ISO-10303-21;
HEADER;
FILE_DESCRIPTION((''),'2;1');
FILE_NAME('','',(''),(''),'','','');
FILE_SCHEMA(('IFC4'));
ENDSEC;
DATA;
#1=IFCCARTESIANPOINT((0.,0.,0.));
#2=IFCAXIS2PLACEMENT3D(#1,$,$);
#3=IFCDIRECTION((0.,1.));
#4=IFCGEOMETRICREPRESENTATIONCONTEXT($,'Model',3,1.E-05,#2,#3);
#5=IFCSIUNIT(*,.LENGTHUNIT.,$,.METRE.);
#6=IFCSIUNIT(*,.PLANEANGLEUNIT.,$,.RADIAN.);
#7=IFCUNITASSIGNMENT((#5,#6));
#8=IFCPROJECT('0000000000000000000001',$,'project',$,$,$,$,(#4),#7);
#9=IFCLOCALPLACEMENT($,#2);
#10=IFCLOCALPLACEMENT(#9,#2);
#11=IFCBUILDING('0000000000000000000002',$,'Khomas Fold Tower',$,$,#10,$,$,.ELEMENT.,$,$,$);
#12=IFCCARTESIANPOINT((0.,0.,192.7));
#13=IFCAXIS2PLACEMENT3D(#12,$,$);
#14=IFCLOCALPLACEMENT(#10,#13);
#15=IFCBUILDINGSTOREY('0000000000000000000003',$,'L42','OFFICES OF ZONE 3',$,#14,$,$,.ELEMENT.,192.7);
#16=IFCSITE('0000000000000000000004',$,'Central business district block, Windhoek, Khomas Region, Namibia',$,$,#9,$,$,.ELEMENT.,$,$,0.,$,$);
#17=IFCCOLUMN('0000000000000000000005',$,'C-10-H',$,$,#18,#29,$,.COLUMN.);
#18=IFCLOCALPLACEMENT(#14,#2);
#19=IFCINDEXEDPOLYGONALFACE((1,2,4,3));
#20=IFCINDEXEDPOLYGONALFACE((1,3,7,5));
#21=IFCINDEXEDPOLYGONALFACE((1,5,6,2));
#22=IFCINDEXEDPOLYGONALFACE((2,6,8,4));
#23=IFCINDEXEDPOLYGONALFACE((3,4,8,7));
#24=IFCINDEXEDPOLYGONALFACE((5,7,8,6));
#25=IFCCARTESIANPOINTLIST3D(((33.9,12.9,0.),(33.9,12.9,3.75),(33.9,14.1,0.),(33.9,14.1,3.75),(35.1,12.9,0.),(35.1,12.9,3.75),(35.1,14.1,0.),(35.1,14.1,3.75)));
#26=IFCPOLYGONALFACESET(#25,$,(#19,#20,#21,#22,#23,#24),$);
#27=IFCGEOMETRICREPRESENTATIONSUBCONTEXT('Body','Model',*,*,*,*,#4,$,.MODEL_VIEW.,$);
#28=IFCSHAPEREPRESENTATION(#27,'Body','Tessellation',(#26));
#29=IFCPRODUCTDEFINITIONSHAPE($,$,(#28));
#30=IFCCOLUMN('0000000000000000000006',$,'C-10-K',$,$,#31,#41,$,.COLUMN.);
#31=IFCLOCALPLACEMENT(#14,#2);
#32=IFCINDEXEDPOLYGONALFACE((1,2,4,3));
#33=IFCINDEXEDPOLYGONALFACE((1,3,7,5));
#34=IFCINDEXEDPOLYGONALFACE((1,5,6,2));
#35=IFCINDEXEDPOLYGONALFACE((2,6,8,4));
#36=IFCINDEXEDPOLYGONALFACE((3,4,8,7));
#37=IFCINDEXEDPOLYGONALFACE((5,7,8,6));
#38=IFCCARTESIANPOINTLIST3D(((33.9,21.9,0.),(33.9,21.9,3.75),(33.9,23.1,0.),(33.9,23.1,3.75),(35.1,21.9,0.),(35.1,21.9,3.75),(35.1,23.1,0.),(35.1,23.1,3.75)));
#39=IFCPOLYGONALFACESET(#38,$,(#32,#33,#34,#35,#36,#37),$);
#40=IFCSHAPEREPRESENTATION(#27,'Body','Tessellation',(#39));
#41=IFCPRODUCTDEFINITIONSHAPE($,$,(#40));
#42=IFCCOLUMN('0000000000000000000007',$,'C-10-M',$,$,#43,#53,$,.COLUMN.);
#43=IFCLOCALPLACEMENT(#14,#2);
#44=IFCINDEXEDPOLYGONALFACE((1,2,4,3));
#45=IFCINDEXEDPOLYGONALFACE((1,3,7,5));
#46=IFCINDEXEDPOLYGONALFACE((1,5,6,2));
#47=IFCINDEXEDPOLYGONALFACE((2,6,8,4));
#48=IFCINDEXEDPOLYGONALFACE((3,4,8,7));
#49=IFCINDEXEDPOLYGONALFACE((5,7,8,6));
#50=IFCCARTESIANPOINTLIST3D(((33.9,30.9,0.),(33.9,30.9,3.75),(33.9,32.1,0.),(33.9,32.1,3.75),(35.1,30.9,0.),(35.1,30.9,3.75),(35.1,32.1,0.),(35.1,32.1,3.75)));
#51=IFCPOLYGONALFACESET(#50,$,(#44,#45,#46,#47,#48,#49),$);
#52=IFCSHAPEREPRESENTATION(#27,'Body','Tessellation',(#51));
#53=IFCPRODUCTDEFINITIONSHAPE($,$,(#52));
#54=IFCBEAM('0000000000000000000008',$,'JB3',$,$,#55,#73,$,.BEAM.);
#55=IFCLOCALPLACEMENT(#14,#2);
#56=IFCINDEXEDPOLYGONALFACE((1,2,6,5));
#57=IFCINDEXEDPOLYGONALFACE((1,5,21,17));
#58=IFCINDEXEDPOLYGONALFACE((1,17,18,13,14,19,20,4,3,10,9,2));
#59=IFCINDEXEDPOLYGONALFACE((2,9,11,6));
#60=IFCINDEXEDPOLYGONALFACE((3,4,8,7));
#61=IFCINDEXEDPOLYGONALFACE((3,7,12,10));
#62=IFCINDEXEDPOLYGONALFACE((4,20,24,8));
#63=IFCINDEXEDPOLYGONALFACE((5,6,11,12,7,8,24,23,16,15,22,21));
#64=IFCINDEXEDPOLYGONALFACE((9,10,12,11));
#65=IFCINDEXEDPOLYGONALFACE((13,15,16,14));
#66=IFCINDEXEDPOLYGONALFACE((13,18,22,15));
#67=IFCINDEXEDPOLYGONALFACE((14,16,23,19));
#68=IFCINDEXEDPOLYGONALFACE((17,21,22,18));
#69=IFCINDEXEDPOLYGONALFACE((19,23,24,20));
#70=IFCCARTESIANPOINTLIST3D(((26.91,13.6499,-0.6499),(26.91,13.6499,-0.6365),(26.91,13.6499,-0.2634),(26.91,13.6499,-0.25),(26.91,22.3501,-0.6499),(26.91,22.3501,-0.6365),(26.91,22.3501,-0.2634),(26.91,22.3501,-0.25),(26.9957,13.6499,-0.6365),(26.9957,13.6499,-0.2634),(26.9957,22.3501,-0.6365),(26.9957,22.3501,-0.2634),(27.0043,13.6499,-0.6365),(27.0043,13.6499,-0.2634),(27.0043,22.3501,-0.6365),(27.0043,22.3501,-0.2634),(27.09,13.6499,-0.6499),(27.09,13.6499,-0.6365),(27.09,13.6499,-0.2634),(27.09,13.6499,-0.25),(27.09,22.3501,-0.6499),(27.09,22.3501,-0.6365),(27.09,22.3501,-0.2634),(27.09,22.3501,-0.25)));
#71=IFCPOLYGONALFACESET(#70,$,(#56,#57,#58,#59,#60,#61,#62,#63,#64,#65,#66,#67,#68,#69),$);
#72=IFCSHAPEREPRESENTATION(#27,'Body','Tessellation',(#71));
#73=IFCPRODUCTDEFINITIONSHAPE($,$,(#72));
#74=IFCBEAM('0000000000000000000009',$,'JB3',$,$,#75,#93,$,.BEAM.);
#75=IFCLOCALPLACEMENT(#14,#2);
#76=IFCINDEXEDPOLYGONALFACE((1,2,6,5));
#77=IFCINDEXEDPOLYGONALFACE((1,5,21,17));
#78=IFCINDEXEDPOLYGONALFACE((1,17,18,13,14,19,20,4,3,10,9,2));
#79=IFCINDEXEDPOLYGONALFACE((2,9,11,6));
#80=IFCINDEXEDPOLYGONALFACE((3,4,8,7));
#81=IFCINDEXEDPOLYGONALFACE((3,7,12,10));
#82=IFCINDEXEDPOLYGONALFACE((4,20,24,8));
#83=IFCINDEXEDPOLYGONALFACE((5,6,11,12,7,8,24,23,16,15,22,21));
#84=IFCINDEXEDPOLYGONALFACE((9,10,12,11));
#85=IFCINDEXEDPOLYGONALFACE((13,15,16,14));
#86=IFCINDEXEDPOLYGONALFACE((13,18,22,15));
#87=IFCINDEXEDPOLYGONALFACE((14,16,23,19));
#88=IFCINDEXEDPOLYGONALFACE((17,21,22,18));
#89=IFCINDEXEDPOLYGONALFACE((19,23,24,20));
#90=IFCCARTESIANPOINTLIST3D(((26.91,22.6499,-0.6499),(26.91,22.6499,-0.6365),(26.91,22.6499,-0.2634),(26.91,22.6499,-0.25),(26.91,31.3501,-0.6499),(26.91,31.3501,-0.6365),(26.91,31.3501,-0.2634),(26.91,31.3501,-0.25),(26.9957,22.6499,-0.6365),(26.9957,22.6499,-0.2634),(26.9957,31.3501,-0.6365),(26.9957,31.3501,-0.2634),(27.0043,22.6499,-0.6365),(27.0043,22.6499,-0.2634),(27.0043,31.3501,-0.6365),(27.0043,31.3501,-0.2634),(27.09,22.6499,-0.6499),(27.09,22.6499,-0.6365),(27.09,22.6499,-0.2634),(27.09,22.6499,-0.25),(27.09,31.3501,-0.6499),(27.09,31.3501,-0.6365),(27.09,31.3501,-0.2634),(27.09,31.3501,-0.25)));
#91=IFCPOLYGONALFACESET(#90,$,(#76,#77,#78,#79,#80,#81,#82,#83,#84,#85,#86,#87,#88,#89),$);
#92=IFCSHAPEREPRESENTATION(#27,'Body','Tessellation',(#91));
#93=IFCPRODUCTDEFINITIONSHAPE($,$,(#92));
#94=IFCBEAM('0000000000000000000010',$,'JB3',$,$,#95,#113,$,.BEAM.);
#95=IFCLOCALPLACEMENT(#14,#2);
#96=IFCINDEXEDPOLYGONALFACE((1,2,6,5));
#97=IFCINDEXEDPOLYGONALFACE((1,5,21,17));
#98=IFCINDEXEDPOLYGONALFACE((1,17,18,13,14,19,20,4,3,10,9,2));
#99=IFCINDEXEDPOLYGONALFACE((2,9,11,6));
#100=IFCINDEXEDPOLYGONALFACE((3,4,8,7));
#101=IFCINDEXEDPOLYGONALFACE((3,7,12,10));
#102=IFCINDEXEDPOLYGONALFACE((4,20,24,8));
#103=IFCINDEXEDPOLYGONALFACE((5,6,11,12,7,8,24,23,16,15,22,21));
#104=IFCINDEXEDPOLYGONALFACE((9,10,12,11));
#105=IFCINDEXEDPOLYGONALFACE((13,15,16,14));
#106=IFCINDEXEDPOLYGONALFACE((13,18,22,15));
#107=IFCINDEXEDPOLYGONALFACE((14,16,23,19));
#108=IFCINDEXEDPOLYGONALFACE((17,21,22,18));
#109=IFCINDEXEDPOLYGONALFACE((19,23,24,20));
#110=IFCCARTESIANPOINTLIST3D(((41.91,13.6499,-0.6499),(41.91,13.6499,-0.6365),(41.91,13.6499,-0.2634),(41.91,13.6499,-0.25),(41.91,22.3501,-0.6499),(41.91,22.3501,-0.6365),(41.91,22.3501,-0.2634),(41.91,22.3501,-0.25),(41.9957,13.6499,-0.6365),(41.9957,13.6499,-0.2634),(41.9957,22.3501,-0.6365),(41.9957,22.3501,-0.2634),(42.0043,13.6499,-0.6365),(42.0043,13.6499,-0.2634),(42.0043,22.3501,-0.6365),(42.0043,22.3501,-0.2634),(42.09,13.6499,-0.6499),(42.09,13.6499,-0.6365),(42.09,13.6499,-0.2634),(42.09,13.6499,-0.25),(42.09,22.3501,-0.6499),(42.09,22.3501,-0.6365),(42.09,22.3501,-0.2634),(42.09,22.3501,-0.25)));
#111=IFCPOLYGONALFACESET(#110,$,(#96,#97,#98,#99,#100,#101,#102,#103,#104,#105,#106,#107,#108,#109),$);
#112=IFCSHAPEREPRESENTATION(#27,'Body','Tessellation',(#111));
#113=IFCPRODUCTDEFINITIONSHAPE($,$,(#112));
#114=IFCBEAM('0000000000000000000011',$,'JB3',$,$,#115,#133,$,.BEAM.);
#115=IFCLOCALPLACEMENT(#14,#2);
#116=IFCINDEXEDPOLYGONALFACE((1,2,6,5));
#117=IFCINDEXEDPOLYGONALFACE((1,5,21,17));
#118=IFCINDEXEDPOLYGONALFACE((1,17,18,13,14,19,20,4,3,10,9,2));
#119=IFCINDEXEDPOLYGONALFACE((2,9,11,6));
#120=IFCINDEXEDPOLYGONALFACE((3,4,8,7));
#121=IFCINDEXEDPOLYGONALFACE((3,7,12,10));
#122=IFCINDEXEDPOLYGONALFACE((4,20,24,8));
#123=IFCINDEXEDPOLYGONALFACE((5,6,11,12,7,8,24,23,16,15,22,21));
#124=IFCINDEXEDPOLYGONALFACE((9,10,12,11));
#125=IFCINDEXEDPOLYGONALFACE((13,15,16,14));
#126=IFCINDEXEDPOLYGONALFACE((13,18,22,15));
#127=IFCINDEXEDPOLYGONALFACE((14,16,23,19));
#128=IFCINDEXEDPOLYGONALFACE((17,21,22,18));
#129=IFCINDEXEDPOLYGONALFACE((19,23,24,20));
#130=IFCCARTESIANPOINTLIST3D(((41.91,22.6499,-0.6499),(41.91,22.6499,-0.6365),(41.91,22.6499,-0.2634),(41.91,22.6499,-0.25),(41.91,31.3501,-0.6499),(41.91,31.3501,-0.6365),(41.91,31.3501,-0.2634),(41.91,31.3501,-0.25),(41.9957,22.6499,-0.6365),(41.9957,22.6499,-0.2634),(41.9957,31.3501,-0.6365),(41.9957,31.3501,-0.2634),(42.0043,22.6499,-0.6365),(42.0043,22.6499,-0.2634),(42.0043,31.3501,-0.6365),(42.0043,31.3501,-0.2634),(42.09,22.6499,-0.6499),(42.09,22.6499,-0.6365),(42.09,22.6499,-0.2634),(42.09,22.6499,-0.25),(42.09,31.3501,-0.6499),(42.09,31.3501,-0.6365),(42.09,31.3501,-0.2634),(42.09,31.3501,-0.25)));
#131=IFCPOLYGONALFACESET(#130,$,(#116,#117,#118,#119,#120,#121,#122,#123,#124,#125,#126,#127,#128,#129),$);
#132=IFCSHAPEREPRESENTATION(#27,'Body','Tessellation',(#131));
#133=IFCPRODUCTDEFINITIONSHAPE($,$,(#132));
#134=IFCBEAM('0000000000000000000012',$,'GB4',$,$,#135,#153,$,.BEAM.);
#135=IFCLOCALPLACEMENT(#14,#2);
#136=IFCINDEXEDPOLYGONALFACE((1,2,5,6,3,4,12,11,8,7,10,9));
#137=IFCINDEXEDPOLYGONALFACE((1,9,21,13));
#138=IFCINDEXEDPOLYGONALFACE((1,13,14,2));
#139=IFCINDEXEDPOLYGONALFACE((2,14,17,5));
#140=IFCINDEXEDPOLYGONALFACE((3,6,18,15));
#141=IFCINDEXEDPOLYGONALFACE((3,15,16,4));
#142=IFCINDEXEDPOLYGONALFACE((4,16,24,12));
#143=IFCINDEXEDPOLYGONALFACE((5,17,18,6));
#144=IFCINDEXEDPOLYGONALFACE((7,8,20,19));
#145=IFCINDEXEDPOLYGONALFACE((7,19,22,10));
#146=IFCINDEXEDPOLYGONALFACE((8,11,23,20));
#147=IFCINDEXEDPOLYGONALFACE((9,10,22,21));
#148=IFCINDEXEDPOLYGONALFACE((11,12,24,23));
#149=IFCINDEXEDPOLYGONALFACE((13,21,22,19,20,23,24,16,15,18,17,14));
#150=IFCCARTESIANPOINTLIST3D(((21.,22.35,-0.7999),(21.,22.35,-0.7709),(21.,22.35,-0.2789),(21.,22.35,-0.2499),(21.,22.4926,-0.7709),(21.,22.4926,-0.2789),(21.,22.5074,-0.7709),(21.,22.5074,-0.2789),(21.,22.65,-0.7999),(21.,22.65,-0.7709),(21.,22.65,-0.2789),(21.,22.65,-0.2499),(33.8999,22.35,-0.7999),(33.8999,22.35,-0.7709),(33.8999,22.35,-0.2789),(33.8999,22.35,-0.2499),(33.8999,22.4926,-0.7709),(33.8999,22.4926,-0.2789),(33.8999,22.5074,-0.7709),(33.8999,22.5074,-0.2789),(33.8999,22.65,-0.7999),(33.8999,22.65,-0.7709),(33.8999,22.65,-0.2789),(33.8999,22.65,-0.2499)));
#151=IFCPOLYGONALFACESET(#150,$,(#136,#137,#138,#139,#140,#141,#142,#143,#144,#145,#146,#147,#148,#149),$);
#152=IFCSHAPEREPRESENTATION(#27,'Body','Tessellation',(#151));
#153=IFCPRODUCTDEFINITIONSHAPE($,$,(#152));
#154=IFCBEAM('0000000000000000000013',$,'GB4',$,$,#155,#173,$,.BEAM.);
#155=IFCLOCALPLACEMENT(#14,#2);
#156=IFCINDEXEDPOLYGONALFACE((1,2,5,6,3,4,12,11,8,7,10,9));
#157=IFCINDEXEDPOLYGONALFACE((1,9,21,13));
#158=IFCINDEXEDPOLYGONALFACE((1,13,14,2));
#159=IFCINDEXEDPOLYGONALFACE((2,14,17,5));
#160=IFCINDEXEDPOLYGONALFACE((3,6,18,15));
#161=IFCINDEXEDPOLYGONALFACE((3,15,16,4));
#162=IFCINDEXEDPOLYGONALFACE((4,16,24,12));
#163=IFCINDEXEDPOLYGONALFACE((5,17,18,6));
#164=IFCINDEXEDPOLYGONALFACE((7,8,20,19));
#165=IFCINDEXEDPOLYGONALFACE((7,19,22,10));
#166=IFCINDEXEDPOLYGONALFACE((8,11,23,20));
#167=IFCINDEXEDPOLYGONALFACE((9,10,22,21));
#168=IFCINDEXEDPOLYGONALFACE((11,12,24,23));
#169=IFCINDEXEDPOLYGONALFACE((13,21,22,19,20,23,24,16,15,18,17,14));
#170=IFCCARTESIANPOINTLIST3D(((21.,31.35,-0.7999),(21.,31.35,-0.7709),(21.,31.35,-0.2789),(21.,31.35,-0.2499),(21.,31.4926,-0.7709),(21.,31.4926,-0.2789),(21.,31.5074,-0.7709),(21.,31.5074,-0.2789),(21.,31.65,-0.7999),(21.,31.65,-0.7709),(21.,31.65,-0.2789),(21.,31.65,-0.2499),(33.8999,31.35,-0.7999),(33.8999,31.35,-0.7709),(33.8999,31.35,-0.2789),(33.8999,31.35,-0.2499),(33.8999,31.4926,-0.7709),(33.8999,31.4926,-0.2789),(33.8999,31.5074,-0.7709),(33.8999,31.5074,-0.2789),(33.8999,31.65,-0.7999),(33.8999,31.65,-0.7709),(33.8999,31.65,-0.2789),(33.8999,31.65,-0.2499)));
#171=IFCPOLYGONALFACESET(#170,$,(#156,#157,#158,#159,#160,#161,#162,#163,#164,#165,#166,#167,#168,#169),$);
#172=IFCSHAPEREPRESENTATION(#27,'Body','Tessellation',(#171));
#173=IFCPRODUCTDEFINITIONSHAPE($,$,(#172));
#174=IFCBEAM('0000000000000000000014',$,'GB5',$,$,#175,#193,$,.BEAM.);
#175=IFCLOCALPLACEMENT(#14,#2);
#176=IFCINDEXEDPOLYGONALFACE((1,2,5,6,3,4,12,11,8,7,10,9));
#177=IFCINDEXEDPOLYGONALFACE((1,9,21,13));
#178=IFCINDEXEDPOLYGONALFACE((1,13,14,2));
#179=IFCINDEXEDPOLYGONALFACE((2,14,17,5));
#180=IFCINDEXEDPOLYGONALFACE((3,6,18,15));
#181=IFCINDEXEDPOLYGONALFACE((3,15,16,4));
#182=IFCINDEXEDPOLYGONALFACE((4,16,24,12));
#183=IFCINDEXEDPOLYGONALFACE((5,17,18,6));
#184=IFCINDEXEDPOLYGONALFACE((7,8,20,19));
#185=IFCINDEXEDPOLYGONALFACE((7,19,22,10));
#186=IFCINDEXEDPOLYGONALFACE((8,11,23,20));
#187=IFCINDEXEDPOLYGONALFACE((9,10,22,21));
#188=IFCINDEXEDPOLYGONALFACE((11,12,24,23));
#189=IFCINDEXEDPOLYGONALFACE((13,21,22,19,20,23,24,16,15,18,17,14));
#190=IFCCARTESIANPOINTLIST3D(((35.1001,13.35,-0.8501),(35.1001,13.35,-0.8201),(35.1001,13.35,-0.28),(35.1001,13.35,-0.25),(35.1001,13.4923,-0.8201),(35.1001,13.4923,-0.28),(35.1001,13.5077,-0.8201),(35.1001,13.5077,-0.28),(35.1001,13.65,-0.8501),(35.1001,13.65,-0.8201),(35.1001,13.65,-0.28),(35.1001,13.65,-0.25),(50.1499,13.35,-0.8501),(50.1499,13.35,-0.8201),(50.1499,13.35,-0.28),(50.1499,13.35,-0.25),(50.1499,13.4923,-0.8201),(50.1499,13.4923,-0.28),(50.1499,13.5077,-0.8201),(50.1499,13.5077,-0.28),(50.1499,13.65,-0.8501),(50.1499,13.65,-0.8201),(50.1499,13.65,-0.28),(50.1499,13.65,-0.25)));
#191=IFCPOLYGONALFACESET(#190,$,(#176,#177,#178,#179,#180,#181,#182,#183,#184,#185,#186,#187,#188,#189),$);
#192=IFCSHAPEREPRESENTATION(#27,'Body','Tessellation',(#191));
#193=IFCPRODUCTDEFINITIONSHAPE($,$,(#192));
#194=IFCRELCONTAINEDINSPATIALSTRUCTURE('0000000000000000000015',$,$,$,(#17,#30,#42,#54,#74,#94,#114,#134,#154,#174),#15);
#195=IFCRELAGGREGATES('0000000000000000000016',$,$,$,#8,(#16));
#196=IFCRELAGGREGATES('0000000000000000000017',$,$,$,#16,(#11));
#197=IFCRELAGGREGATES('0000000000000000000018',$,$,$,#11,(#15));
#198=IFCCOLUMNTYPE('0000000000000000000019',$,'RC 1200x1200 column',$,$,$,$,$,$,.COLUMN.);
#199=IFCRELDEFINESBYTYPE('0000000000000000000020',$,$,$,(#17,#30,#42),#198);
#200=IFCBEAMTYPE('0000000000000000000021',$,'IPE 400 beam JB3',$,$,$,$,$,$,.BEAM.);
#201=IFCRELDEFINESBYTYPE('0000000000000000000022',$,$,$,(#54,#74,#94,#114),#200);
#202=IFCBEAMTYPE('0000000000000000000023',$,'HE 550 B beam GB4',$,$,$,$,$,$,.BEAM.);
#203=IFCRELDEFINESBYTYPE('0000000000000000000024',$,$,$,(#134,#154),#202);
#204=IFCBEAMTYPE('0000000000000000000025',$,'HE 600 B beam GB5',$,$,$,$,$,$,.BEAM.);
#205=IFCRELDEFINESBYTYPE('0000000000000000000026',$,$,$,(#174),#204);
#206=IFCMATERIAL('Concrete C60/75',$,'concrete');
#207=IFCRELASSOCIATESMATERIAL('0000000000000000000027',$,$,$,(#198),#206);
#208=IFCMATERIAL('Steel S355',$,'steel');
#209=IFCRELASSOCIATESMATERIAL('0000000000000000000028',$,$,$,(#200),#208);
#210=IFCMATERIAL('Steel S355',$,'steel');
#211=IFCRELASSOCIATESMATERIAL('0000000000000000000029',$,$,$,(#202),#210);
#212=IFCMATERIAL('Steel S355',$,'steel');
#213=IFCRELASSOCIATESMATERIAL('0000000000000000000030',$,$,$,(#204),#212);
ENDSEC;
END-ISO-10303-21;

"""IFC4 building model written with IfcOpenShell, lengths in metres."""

from ifc_helpers import new_model, si_unit, direction, frame, origin, origin_2d, place, context, subcontext, project, spatial, rectangle, i_section, extrude, source, transform, mapped, material, material_profile, profile_set, type_object, element, save


model = new_model("IFC4")

# Units and contexts
model_context = context("Model", 3, precision=1e-05, world=origin(), true_north=direction((0.0, 1.0)))
body_context = subcontext(model_context, "Body", "Model", "MODEL_VIEW")
ifc_project = project(units=[si_unit("LENGTHUNIT", "METRE"), si_unit("PLANEANGLEUNIT", "RADIAN")], contexts=[model_context])

# Site, building, storey
site_placement = place(None, origin())
site = spatial("IfcSite", under=ifc_project, at=site_placement, Name="Central business district block, Windhoek, Khomas Region, Namibia", CompositionType="ELEMENT", RefElevation=0.0)
building_placement = place(site_placement, origin())
building = spatial("IfcBuilding", under=site, at=building_placement, Name="Khomas Fold Tower", CompositionType="ELEMENT")
storey_placement = place(building_placement, frame((0.0, 0.0, 192.7)))
storey = spatial("IfcBuildingStorey", under=building, at=storey_placement, Name="L42", Description="OFFICES OF ZONE 3", CompositionType="ELEMENT", Elevation=192.7)

# Columns
ifc_material_1 = material(Name="Concrete C60/75", Category="concrete")
ifc_material_profile_1 = material_profile(ifc_material_1, rectangle(XDim=1.2, YDim=1.2, at=origin_2d()), Name="RC 1200x1200")
ifc_profile_set_1 = profile_set([ifc_material_profile_1], Name="Concrete C60/75")
column_type = type_object("IfcColumnType", Name="RC 1200x1200 column", PredefinedType="COLUMN", material=ifc_profile_set_1)
shared_shape_1 = source(origin(), body_context, "Body", "SweptSolid", [
    extrude(rectangle(XDim=1.2, YDim=1.2, at=origin_2d()), origin(), (0.0, 0.0, 1.0), 3.75),
])
for number, where, z_axis, x_axis, name in (
    (1, (34.5, 13.5, 0.0), (0.0, 0.0, 1.0), (1.0, 0.0, 0.0), "C-10-H"),
    (2, (34.5, 22.5, 0.0), (0.0, 0.0, 1.0), (1.0, 0.0, 0.0), "C-10-K"),
    (3, (34.5, 31.5, 0.0), (0.0, 0.0, 1.0), (1.0, 0.0, 0.0), "C-10-M"),
):
    element("IfcColumn", number, at=place(storey_placement, frame(where, z_axis=z_axis, x_axis=x_axis)), inside=storey, type_object=column_type, Name=name, PredefinedType="COLUMN", context=body_context, shape_type="MappedRepresentation", body=[
        mapped(shared_shape_1, transform((0.0, 0.0, 0.0))),
    ])

# Beams
ifc_material_2 = material(Name="Steel S355", Category="steel")
ifc_material_profile_2 = material_profile(ifc_material_2, i_section(OverallWidth=0.1799, OverallDepth=0.3999, WebThickness=0.0085, FlangeThickness=0.0134, at=origin_2d()), Name="IPE 400")
ifc_profile_set_2 = profile_set([ifc_material_profile_2], Name="Steel S355")
beam_type_1 = type_object("IfcBeamType", Name="IPE 400 beam JB3", PredefinedType="BEAM", material=ifc_profile_set_2)
shared_shape_2 = source(origin(), body_context, "Body", "SweptSolid", [
    extrude(i_section(OverallWidth=0.1799, OverallDepth=0.3999, WebThickness=0.0085, FlangeThickness=0.0134, at=origin_2d()), origin(), (0.0, 0.0, 1.0), 8.7002),
])
for number, where, z_axis, x_axis, name in (
    (4, (27.0, 13.6499, -0.45), (0.0, 1.0, 0.0), (-1.0, 0.0, 0.0), "JB3"),
    (5, (27.0, 22.6499, -0.45), (0.0, 1.0, 0.0), (-1.0, 0.0, 0.0), "JB3"),
    (6, (42.0, 13.6499, -0.45), (0.0, 1.0, 0.0), (-1.0, 0.0, 0.0), "JB3"),
    (7, (42.0, 22.6499, -0.45), (0.0, 1.0, 0.0), (-1.0, 0.0, 0.0), "JB3"),
):
    element("IfcBeam", number, at=place(storey_placement, frame(where, z_axis=z_axis, x_axis=x_axis)), inside=storey, type_object=beam_type_1, Name=name, PredefinedType="BEAM", context=body_context, shape_type="MappedRepresentation", body=[
        mapped(shared_shape_2, transform((0.0, 0.0, 0.0))),
    ])
ifc_material_3 = material(Name="Steel S355", Category="steel")
ifc_material_profile_3 = material_profile(ifc_material_3, i_section(OverallWidth=0.3, OverallDepth=0.55, WebThickness=0.0149, FlangeThickness=0.0291, at=origin_2d()), Name="HE 550 B")
ifc_profile_set_3 = profile_set([ifc_material_profile_3], Name="Steel S355")
beam_type_2 = type_object("IfcBeamType", Name="HE 550 B beam GB4", PredefinedType="BEAM", material=ifc_profile_set_3)
shared_shape_3 = source(origin(), body_context, "Body", "SweptSolid", [
    extrude(i_section(OverallWidth=0.3, OverallDepth=0.55, WebThickness=0.0149, FlangeThickness=0.0291, at=origin_2d()), origin(), (0.0, 0.0, 1.0), 12.8999),
])
for number, where, z_axis, x_axis, name in (
    (8, (21.0, 22.5, -0.5249), (1.0, 0.0, 0.0), (0.0, 1.0, 0.0), "GB4"),
    (9, (21.0, 31.5, -0.5249), (1.0, 0.0, 0.0), (0.0, 1.0, 0.0), "GB4"),
):
    element("IfcBeam", number, at=place(storey_placement, frame(where, z_axis=z_axis, x_axis=x_axis)), inside=storey, type_object=beam_type_2, Name=name, PredefinedType="BEAM", context=body_context, shape_type="MappedRepresentation", body=[
        mapped(shared_shape_3, transform((0.0, 0.0, 0.0))),
    ])
ifc_material_4 = material(Name="Steel S355", Category="steel")
ifc_material_profile_4 = material_profile(ifc_material_4, i_section(OverallWidth=0.3, OverallDepth=0.6001, WebThickness=0.0154, FlangeThickness=0.03, at=origin_2d()), Name="HE 600 B")
ifc_profile_set_4 = profile_set([ifc_material_profile_4], Name="Steel S355")
beam_type_3 = type_object("IfcBeamType", Name="HE 600 B beam GB5", PredefinedType="BEAM", material=ifc_profile_set_4)
shared_shape_4 = source(origin(), body_context, "Body", "SweptSolid", [
    extrude(i_section(OverallWidth=0.3, OverallDepth=0.6001, WebThickness=0.0154, FlangeThickness=0.03, at=origin_2d()), origin(), (0.0, 0.0, 1.0), 15.0498),
])
for number, where, z_axis, x_axis, name in (
    (10, (35.1001, 13.5, -0.55), (1.0, 0.0, 0.0), (0.0, 1.0, 0.0), "GB5"),
):
    element("IfcBeam", number, at=place(storey_placement, frame(where, z_axis=z_axis, x_axis=x_axis)), inside=storey, type_object=beam_type_3, Name=name, PredefinedType="BEAM", context=body_context, shape_type="MappedRepresentation", body=[
        mapped(shared_shape_4, transform((0.0, 0.0, 0.0))),
    ])

save(model, "model.ifc")
